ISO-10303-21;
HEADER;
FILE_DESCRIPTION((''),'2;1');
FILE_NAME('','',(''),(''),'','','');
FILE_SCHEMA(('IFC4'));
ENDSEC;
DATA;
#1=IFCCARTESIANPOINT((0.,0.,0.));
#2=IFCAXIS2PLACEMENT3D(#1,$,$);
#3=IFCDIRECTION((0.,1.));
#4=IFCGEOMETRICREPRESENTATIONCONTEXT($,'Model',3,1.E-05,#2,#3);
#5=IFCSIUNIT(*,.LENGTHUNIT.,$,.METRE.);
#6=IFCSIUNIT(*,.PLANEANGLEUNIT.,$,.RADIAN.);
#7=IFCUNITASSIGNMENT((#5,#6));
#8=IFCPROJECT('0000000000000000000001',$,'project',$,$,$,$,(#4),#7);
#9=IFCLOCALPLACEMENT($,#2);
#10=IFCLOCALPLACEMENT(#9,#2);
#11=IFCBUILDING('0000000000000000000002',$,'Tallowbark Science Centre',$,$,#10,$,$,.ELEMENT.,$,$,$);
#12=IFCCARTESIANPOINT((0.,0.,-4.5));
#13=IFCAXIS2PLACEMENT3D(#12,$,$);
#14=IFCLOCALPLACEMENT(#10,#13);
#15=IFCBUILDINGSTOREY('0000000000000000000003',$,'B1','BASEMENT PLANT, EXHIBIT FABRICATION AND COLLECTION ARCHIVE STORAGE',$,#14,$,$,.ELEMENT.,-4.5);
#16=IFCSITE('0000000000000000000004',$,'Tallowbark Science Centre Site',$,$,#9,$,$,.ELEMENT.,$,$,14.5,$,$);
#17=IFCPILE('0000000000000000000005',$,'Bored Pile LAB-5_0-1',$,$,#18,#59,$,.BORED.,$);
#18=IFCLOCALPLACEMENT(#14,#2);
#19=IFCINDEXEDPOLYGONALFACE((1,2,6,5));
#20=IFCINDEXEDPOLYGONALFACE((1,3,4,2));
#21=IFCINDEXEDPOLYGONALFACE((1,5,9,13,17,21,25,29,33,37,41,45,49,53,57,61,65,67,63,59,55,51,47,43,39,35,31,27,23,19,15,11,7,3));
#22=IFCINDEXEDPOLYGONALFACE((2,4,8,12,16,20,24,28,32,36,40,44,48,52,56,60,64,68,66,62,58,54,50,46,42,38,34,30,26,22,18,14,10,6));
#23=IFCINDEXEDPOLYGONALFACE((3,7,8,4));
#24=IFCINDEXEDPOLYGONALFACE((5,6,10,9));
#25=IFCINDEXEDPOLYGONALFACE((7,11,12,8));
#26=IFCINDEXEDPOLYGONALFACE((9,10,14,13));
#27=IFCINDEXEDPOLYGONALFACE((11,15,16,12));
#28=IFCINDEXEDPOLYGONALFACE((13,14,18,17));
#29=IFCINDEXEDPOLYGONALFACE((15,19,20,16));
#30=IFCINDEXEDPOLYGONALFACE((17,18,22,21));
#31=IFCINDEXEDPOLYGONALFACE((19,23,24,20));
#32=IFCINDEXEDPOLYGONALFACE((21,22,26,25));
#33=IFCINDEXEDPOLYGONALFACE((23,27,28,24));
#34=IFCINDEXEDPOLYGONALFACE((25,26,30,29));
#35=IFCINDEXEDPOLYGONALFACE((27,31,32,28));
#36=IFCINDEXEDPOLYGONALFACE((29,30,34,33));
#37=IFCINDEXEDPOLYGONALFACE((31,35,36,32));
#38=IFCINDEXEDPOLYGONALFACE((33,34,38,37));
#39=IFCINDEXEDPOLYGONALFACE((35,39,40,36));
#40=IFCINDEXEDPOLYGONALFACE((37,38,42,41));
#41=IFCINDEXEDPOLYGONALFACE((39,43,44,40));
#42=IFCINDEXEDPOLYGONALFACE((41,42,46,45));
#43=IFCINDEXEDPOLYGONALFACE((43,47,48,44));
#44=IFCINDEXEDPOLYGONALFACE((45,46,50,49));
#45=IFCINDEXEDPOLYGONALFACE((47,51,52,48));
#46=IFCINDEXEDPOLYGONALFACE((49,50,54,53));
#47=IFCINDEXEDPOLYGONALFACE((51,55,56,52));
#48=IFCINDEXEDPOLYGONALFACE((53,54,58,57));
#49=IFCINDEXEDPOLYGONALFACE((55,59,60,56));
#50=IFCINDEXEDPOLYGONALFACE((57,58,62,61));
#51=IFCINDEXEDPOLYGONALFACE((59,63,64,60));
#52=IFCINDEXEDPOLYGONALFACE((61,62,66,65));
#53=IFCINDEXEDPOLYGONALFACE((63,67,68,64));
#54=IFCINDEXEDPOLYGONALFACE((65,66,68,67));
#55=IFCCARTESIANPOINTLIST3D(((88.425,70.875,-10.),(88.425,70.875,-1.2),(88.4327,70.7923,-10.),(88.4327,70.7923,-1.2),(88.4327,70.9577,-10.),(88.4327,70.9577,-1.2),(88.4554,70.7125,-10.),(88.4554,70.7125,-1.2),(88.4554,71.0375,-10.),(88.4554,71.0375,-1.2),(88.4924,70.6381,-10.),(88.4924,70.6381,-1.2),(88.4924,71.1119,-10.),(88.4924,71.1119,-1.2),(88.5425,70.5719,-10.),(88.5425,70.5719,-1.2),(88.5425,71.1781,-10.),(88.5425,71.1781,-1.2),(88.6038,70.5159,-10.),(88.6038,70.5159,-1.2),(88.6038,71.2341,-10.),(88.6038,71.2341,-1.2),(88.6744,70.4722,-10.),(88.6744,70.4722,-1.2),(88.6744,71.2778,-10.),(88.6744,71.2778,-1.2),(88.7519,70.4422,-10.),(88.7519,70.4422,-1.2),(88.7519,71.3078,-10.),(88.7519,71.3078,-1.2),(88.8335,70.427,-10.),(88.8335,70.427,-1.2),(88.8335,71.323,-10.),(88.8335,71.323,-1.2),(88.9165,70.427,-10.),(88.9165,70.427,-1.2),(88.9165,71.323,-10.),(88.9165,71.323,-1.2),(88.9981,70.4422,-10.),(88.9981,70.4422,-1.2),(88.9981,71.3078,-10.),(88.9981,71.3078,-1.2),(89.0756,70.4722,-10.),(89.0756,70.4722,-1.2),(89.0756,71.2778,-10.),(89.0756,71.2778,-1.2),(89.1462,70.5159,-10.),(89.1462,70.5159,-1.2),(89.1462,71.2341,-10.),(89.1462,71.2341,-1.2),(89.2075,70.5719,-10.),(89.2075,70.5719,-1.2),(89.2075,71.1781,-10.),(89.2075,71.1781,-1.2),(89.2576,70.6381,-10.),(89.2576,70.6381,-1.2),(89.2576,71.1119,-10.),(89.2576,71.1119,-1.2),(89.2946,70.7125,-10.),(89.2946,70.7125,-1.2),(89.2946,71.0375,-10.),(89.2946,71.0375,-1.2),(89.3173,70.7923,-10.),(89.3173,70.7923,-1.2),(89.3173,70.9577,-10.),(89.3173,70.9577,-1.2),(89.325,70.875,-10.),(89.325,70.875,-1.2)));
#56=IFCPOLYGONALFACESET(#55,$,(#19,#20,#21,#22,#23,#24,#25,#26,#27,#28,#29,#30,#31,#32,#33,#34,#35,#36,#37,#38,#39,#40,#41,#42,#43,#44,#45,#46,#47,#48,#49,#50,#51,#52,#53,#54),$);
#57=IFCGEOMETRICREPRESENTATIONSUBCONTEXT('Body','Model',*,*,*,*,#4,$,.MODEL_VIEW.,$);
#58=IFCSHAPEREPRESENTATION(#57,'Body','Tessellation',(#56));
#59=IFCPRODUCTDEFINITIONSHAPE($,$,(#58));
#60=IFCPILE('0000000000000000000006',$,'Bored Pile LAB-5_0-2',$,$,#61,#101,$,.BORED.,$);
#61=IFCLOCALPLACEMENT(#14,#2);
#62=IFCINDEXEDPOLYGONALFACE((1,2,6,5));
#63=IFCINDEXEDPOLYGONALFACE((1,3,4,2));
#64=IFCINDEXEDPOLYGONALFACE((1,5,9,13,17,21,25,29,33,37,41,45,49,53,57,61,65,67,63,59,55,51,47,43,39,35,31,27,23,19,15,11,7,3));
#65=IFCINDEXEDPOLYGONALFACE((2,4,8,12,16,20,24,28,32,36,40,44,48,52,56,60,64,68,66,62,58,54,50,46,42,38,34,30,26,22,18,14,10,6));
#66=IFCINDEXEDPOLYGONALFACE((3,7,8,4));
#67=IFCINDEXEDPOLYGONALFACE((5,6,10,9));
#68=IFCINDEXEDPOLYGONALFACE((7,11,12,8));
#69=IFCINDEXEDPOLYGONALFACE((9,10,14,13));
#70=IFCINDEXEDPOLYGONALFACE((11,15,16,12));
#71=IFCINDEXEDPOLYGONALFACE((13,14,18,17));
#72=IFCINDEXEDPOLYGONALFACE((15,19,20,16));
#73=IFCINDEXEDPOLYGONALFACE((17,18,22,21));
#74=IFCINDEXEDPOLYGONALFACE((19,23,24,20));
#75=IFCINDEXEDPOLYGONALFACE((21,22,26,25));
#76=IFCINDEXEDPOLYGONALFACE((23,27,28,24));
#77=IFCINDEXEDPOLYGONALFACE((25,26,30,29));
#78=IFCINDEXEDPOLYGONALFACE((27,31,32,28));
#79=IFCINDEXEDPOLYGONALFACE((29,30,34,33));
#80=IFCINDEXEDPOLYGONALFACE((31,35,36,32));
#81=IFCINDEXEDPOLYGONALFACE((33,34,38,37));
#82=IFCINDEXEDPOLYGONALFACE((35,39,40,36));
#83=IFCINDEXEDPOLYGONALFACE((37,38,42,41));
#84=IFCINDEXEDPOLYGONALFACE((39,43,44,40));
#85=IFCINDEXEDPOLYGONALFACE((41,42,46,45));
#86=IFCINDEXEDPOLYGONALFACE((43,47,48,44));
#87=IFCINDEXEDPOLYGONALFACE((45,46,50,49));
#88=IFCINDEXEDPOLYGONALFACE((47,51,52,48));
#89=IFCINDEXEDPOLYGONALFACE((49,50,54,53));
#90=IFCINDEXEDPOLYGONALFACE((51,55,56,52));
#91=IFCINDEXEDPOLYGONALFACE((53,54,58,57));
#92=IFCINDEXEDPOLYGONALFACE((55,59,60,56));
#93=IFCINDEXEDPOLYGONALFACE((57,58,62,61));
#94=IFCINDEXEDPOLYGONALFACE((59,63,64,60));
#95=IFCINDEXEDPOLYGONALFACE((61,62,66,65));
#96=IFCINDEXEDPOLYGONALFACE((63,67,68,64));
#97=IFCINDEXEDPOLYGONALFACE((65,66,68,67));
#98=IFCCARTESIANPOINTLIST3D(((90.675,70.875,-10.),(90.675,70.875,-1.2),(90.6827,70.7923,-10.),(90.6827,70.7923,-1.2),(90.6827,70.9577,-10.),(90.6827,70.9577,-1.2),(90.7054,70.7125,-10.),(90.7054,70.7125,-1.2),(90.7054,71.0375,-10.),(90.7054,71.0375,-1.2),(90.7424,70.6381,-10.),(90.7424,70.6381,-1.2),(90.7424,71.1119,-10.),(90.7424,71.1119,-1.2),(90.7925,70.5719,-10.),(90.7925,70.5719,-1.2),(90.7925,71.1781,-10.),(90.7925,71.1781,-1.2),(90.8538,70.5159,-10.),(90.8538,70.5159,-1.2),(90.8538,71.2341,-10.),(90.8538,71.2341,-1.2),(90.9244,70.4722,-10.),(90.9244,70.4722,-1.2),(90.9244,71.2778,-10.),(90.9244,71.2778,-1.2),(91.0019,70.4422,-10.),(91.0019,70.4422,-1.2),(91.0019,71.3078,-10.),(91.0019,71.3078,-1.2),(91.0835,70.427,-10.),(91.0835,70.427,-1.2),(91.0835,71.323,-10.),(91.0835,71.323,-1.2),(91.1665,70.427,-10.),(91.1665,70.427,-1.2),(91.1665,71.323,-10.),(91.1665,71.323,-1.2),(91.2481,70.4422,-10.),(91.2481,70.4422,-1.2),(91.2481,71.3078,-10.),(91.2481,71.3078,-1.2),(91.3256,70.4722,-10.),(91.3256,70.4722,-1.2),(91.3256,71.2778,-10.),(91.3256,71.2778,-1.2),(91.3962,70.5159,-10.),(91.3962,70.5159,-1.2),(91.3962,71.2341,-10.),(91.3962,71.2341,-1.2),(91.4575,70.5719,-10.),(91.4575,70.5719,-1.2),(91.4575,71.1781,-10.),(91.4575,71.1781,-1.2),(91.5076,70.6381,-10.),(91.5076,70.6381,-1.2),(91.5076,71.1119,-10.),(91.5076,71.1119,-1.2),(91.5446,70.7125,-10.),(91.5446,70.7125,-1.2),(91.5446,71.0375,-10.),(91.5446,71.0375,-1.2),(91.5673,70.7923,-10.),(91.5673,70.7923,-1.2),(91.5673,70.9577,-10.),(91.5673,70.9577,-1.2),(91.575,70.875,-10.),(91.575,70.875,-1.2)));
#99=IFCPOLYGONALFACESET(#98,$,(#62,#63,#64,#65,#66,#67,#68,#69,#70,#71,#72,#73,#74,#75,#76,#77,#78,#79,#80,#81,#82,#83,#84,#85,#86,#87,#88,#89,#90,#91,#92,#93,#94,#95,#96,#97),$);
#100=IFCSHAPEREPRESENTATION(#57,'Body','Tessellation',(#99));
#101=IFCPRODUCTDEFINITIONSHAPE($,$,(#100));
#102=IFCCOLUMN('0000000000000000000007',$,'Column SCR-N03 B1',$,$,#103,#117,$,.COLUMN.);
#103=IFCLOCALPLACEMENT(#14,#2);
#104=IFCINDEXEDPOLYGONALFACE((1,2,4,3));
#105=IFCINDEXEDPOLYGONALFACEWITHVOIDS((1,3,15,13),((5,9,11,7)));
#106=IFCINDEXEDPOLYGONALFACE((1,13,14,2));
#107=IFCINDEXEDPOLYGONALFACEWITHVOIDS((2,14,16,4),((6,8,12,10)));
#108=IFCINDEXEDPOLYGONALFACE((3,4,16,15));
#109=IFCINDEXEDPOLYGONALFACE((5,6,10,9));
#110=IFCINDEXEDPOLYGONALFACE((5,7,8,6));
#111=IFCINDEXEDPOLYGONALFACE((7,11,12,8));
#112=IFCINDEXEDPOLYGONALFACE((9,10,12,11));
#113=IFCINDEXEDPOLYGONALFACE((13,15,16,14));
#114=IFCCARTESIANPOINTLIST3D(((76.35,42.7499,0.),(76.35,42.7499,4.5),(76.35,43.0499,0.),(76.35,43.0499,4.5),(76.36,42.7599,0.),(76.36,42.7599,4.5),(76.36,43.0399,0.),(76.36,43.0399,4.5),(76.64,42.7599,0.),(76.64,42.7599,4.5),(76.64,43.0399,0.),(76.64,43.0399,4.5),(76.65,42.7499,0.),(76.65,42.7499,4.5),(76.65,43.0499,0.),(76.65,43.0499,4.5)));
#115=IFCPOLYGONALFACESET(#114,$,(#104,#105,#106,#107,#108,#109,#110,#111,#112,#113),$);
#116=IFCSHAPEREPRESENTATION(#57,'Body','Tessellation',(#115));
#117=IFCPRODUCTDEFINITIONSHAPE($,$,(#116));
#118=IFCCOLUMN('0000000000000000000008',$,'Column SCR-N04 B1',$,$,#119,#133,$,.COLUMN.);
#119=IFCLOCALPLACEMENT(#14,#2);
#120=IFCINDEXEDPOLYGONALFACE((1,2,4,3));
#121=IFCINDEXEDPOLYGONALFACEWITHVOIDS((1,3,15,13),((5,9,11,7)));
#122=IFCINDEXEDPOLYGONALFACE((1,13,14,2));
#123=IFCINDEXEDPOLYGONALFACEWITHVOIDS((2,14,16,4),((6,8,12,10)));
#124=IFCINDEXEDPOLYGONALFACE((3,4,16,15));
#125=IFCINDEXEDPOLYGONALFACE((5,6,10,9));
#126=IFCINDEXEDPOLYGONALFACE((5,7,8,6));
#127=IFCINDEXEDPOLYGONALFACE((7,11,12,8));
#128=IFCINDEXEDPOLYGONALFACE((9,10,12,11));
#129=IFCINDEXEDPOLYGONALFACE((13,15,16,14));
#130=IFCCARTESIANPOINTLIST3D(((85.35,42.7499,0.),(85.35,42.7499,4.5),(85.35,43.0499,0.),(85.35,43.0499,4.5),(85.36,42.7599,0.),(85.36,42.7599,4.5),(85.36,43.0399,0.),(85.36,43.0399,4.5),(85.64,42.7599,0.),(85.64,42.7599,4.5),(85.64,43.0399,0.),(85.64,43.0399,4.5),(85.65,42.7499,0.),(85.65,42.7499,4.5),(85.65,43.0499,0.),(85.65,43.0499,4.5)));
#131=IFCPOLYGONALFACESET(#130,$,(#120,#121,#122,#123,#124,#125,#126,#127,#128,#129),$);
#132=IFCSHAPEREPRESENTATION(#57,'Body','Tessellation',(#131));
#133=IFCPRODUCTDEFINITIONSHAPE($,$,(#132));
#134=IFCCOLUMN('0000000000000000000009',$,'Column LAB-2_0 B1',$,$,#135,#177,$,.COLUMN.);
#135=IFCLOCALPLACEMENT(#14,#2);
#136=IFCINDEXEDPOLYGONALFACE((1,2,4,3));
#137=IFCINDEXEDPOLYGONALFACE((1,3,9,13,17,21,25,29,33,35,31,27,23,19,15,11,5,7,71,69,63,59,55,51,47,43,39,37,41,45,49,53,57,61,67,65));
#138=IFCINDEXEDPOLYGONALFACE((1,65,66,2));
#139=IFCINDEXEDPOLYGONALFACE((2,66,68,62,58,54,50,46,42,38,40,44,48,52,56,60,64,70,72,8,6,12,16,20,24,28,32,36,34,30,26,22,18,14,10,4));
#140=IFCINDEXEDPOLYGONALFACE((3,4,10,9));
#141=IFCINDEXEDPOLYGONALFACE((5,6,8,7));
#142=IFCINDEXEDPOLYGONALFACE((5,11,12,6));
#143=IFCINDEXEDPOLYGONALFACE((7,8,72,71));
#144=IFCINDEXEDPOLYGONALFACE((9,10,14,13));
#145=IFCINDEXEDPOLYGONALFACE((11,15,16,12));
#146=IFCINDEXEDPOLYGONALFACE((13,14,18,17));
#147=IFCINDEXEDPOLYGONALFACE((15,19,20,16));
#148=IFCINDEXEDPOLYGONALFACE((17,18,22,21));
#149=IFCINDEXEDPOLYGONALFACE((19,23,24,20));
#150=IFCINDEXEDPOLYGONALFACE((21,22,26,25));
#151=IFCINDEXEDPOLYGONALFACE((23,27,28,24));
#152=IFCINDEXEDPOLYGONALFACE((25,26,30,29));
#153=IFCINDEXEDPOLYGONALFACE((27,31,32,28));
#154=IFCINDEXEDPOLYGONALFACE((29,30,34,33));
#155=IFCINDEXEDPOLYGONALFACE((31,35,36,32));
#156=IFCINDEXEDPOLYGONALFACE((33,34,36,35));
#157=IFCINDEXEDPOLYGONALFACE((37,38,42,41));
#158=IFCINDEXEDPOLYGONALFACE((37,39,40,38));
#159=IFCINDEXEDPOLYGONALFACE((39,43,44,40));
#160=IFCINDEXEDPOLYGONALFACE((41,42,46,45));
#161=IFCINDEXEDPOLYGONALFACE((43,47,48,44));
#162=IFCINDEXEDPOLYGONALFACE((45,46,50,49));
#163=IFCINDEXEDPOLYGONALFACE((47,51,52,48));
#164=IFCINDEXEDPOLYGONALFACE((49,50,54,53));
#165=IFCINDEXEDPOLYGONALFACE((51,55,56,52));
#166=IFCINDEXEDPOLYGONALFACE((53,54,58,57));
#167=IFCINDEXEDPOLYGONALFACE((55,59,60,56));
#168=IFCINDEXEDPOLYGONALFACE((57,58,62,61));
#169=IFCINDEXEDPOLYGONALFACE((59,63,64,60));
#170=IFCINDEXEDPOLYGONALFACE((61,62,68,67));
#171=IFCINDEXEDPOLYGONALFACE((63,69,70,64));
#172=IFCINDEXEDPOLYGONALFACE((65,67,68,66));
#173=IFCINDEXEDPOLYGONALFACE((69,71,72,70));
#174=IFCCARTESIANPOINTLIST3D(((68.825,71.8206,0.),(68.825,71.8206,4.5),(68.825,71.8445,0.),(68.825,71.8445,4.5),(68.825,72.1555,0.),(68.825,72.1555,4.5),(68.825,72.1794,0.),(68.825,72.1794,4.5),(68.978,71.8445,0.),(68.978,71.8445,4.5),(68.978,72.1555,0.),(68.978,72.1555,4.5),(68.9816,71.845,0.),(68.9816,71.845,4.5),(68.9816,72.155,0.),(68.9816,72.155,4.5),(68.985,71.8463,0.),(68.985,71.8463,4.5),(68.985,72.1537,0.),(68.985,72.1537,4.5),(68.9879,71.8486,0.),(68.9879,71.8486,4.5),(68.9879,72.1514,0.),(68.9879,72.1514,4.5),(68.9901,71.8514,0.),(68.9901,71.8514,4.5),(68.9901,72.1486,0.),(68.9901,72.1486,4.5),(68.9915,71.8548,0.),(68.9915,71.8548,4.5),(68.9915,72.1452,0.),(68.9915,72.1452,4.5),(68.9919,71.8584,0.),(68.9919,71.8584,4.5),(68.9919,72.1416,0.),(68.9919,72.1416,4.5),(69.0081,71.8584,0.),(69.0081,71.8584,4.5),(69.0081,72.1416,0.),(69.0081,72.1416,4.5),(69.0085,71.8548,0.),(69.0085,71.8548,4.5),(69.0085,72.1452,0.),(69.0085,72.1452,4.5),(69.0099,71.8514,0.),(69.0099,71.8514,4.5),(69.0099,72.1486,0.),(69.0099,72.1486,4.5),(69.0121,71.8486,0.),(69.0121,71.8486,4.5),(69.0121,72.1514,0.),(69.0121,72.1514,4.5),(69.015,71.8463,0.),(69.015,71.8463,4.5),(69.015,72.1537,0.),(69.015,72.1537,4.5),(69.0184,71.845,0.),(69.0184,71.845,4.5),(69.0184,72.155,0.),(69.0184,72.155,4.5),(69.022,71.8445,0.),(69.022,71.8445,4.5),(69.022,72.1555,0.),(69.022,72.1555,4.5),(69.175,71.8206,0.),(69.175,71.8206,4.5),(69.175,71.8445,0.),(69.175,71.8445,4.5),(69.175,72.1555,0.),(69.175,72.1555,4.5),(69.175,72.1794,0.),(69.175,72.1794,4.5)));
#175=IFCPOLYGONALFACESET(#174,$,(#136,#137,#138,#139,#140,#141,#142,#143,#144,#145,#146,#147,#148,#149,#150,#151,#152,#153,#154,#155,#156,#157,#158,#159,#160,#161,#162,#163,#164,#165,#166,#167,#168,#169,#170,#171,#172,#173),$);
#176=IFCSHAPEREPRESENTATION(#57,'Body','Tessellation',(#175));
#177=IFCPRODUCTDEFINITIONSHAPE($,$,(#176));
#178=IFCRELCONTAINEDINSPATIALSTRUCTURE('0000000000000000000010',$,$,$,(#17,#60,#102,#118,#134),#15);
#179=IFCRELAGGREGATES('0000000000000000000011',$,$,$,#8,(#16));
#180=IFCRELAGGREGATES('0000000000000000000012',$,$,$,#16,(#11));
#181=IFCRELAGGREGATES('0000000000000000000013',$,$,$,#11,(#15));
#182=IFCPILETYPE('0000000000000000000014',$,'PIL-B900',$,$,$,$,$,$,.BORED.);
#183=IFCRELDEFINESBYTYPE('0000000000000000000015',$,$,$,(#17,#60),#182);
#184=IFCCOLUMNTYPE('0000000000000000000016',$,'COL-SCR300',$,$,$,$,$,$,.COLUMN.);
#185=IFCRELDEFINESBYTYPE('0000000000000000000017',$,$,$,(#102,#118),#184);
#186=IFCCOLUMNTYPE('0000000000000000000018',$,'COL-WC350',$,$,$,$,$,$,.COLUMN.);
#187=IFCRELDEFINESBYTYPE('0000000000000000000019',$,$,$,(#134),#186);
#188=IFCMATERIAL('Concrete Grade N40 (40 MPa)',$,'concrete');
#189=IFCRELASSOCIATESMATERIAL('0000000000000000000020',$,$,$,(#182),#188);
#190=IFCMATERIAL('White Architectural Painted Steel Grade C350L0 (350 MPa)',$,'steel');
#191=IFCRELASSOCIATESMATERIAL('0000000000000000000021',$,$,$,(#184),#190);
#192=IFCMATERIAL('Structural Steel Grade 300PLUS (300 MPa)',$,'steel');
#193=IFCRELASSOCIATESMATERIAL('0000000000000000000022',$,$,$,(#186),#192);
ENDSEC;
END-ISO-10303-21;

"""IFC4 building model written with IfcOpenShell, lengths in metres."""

from ifc_helpers import new_model, si_unit, direction, frame, origin, origin_2d, place, context, subcontext, project, spatial, hollow_rectangle, circle, i_section, extrude, material, material_profile, profile_set, type_object, element, save


model = new_model("IFC4")

# Units and contexts
model_context = context("Model", 3, precision=1e-05, world=origin(), true_north=direction((0.0, 1.0)))
body_context = subcontext(model_context, "Body", "Model", "MODEL_VIEW")
ifc_project = project(units=[si_unit("LENGTHUNIT", "METRE"), si_unit("PLANEANGLEUNIT", "RADIAN")], contexts=[model_context])

# Site, building, storey
site_placement = place(None, origin())
site = spatial("IfcSite", under=ifc_project, at=site_placement, Name="Tallowbark Science Centre Site", CompositionType="ELEMENT", RefElevation=14.5)
building_placement = place(site_placement, origin())
building = spatial("IfcBuilding", under=site, at=building_placement, Name="Tallowbark Science Centre", CompositionType="ELEMENT")
storey_placement = place(building_placement, frame((0.0, 0.0, -4.5)))
storey = spatial("IfcBuildingStorey", under=building, at=storey_placement, Name="B1", Description="BASEMENT PLANT, EXHIBIT FABRICATION AND COLLECTION ARCHIVE STORAGE", CompositionType="ELEMENT", Elevation=-4.5)

# Shared definitions
ifc_material_1 = material(Name="Concrete Grade N40 (40 MPa)", Category="concrete")

# Piles
ifc_material_profile_1 = material_profile(ifc_material_1, circle(Radius=0.45, at=origin_2d()), Name="PILE900")
ifc_profile_set_1 = profile_set([ifc_material_profile_1], Name="Concrete Grade N40 (40 MPa)")
pile_type_1 = type_object("IfcPileType", Name="PIL-B900", PredefinedType="BORED", material=ifc_profile_set_1)
for number, where, z_axis, x_axis, name in (
    (1, (88.875, 70.875, -1.2), (0.0, 0.0, -1.0), (1.0, 0.0, 0.0), "Bored Pile LAB-5_0-1"),
    (2, (91.125, 70.875, -1.2), (0.0, 0.0, -1.0), (1.0, 0.0, 0.0), "Bored Pile LAB-5_0-2"),
):
    element("IfcPile", number, at=place(storey_placement, frame(where, z_axis=z_axis, x_axis=x_axis)), inside=storey, type_object=pile_type_1, Name=name, PredefinedType="BORED", context=body_context, shape_type="SweptSolid", body=[
        extrude(circle(Radius=0.45, at=origin_2d()), origin(), (0.0, 0.0, 1.0), 8.8),
    ])

# Columns
ifc_material_2 = material(Name="White Architectural Painted Steel Grade C350L0 (350 MPa)", Category="steel")
ifc_material_profile_2 = material_profile(ifc_material_2, hollow_rectangle(XDim=0.3, YDim=0.3, WallThickness=0.01, at=origin_2d()), Name="300x300x10.0SHS")
ifc_profile_set_2 = profile_set([ifc_material_profile_2], Name="White Architectural Painted Steel Grade C350L0 (350 MPa)")
column_type_1 = type_object("IfcColumnType", Name="COL-SCR300", PredefinedType="COLUMN", material=ifc_profile_set_2)
for number, where, z_axis, x_axis, name in (
    (3, (76.5, 42.8999, 0.0), (0.0, 0.0, 1.0), (1.0, 0.0, 0.0), "Column SCR-N03 B1"),
    (4, (85.5, 42.8999, 0.0), (0.0, 0.0, 1.0), (1.0, 0.0, 0.0), "Column SCR-N04 B1"),
):
    element("IfcColumn", number, at=place(storey_placement, frame(where, z_axis=z_axis, x_axis=x_axis)), inside=storey, type_object=column_type_1, Name=name, PredefinedType="COLUMN", context=body_context, shape_type="SweptSolid", body=[
        extrude(hollow_rectangle(XDim=0.3, YDim=0.3, WallThickness=0.01, at=origin_2d()), origin(), (0.0, 0.0, 1.0), 4.5),
    ])
ifc_material_3 = material(Name="Structural Steel Grade 300PLUS (300 MPa)", Category="steel")
ifc_material_profile_3 = material_profile(ifc_material_3, i_section(OverallWidth=0.3501, OverallDepth=0.3589, WebThickness=0.0161, FlangeThickness=0.0239, FilletRadius=0.0139, at=origin_2d()), Name="350WC197")
ifc_profile_set_3 = profile_set([ifc_material_profile_3], Name="Structural Steel Grade 300PLUS (300 MPa)")
column_type_2 = type_object("IfcColumnType", Name="COL-WC350", PredefinedType="COLUMN", material=ifc_profile_set_3)
for number, where, z_axis, x_axis, name in (
    (5, (69.0, 72.0, 0.0), (0.0, 0.0, 1.0), (1.0, 0.0, 0.0), "Column LAB-2_0 B1"),
):
    element("IfcColumn", number, at=place(storey_placement, frame(where, z_axis=z_axis, x_axis=x_axis)), inside=storey, type_object=column_type_2, Name=name, PredefinedType="COLUMN", context=body_context, shape_type="SweptSolid", body=[
        extrude(i_section(OverallWidth=0.3501, OverallDepth=0.3589, WebThickness=0.0161, FlangeThickness=0.0239, FilletRadius=0.0139, at=origin_2d()), origin(), (0.0, 0.0, 1.0), 4.5),
    ])

save(model, "model.ifc")
